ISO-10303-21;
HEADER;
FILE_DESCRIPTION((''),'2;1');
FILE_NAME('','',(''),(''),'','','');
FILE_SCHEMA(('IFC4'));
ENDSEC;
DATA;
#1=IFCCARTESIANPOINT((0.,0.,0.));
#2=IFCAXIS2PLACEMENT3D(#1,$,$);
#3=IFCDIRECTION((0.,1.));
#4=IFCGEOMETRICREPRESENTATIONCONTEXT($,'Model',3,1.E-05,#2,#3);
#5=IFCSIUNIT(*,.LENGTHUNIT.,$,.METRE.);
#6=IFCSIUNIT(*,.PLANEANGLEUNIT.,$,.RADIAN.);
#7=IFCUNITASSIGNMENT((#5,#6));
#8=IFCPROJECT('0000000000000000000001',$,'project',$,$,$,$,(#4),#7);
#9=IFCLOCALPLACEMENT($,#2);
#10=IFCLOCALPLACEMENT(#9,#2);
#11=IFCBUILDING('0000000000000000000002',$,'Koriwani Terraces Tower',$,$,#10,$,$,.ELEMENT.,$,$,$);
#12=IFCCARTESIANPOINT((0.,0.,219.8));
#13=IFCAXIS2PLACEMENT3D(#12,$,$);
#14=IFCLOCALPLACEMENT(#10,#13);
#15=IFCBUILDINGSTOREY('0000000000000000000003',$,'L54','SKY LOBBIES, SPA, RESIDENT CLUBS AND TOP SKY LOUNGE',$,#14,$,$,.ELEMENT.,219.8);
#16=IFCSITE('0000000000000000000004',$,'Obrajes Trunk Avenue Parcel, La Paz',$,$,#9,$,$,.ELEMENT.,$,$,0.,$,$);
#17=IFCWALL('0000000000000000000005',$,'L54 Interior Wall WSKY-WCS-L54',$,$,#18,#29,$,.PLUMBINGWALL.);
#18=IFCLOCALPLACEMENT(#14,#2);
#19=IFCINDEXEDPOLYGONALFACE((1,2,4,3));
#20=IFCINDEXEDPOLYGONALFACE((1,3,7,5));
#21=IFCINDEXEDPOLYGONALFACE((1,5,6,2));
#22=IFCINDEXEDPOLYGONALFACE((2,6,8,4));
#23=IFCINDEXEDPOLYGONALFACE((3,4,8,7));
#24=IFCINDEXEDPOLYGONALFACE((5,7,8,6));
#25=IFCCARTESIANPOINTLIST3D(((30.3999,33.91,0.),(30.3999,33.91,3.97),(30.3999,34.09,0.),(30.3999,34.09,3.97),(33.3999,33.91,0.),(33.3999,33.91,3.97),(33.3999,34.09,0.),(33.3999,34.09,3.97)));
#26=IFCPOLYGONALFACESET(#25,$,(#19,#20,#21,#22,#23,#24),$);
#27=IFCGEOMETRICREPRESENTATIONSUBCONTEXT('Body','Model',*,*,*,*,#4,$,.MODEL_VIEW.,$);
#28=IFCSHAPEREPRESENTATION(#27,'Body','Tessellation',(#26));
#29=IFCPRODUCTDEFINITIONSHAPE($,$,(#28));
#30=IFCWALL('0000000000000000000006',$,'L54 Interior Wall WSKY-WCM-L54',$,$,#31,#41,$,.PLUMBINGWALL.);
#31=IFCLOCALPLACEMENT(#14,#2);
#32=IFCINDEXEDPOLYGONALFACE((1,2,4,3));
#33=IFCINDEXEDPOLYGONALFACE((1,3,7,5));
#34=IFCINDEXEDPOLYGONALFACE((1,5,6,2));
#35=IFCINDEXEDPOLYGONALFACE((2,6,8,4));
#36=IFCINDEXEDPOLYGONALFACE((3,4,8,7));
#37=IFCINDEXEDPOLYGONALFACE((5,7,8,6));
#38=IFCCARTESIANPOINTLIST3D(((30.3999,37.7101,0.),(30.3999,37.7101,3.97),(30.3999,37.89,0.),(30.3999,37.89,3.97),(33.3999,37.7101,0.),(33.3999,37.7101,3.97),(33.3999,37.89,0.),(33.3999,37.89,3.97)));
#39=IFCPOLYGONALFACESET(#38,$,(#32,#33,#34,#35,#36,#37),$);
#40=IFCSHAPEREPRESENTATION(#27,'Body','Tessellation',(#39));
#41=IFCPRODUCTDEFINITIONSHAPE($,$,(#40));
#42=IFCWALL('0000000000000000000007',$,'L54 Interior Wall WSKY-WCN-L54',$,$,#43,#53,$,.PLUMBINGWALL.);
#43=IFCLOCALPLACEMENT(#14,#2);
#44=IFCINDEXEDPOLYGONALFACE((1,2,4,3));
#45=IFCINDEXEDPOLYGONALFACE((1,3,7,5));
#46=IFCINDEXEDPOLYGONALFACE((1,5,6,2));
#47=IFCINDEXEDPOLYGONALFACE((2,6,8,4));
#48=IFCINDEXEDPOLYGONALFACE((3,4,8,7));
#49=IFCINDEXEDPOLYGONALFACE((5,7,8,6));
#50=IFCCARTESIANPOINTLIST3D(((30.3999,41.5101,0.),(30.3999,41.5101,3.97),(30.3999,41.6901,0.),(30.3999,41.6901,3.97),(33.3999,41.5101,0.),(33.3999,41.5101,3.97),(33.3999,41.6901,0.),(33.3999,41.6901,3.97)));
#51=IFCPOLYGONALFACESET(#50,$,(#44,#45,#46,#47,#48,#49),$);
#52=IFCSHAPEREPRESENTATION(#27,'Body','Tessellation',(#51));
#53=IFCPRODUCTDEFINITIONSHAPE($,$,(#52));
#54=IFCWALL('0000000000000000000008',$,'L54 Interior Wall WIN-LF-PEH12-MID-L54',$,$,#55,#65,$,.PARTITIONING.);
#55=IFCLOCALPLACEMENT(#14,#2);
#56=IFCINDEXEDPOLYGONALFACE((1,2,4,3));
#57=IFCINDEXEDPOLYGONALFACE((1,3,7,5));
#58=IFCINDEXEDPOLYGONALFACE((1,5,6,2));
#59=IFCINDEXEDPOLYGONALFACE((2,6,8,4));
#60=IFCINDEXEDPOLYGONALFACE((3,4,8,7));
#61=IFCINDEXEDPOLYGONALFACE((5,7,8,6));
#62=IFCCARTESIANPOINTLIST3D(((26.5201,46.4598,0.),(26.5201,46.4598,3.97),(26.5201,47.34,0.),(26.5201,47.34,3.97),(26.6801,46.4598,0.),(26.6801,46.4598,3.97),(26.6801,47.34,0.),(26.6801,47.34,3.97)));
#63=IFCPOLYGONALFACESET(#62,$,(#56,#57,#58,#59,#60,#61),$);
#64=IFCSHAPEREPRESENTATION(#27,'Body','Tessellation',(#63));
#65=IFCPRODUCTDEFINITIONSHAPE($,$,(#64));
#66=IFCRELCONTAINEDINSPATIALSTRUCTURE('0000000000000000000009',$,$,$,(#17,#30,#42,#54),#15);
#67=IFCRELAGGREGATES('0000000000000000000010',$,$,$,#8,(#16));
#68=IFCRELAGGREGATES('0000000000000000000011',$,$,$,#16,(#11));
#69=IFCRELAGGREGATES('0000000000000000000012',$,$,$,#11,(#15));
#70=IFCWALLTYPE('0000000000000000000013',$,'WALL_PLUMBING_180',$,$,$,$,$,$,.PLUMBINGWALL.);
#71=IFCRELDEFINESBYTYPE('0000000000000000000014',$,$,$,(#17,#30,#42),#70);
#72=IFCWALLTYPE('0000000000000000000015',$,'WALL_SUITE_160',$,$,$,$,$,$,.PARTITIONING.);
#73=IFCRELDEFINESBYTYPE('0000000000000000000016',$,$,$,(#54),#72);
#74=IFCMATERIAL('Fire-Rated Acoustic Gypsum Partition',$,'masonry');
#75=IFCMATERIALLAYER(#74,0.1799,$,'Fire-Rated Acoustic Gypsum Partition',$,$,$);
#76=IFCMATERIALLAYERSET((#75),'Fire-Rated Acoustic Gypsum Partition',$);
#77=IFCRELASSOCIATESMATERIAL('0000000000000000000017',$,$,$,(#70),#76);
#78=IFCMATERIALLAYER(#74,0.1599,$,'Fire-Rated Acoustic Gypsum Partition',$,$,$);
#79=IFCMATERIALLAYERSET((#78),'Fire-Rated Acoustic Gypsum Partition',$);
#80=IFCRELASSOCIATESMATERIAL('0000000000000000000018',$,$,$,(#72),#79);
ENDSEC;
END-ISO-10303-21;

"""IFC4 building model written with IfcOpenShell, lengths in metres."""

from ifc_helpers import new_model, si_unit, direction, frame, frame_2d, origin, place, context, subcontext, project, spatial, rectangle, extrude, material, layer, layer_set, type_object, element, save


model = new_model("IFC4")

# Units and contexts
model_context = context("Model", 3, precision=1e-05, world=origin(), true_north=direction((0.0, 1.0)))
body_context = subcontext(model_context, "Body", "Model", "MODEL_VIEW")
ifc_project = project(units=[si_unit("LENGTHUNIT", "METRE"), si_unit("PLANEANGLEUNIT", "RADIAN")], contexts=[model_context])

# Site, building, storey
site_placement = place(None, origin())
site = spatial("IfcSite", under=ifc_project, at=site_placement, Name="Obrajes Trunk Avenue Parcel, La Paz", CompositionType="ELEMENT", RefElevation=0.0)
building_placement = place(site_placement, origin())
building = spatial("IfcBuilding", under=site, at=building_placement, Name="Koriwani Terraces Tower", CompositionType="ELEMENT")
storey_placement = place(building_placement, frame((0.0, 0.0, 219.8)))
storey = spatial("IfcBuildingStorey", under=building, at=storey_placement, Name="L54", Description="SKY LOBBIES, SPA, RESIDENT CLUBS AND TOP SKY LOUNGE", CompositionType="ELEMENT", Elevation=219.8)

# Shared definitions
ifc_material_1 = material(Name="Fire-Rated Acoustic Gypsum Partition", Category="masonry")
ifc_layer_1 = layer(ifc_material_1, 0.1799, Name="Fire-Rated Acoustic Gypsum Partition")
ifc_layer_set_1 = layer_set([ifc_layer_1], Name="Fire-Rated Acoustic Gypsum Partition")
wall_type_1 = type_object("IfcWallType", Name="WALL_PLUMBING_180", PredefinedType="PLUMBINGWALL", material=ifc_layer_set_1)

# Walls
for number, where, z_axis, x_axis, name in (
    (1, (30.3999, 34.0, 0.0), (0.0, 0.0, 1.0), (1.0, 0.0, 0.0), "L54 Interior Wall WSKY-WCS-L54"),
    (2, (30.3999, 37.8, 0.0), (0.0, 0.0, 1.0), (1.0, 0.0, 0.0), "L54 Interior Wall WSKY-WCM-L54"),
    (3, (30.3999, 41.6001, 0.0), (0.0, 0.0, 1.0), (1.0, 0.0, 0.0), "L54 Interior Wall WSKY-WCN-L54"),
):
    element("IfcWall", number, at=place(storey_placement, frame(where, z_axis=z_axis, x_axis=x_axis)), inside=storey, type_object=wall_type_1, Name=name, PredefinedType="PLUMBINGWALL", context=body_context, shape_type="SweptSolid", body=[
        extrude(rectangle(XDim=3.0, YDim=0.1799, at=frame_2d((1.5, 0.0))), origin(), (0.0, 0.0, 1.0), 3.97),
    ])

# Wall
ifc_layer_2 = layer(ifc_material_1, 0.1599, Name="Fire-Rated Acoustic Gypsum Partition")
ifc_layer_set_2 = layer_set([ifc_layer_2], Name="Fire-Rated Acoustic Gypsum Partition")
wall_type_2 = type_object("IfcWallType", Name="WALL_SUITE_160", PredefinedType="PARTITIONING", material=ifc_layer_set_2)
wall_1_placement = place(storey_placement, frame((26.6001, 46.46, 0.0), z_axis=(0.0, 0.0, 1.0), x_axis=(0.0, 1.0, 0.0)))
element("IfcWall", 4, at=wall_1_placement, inside=storey, type_object=wall_type_2, Name="L54 Interior Wall WIN-LF-PEH12-MID-L54", PredefinedType="PARTITIONING", context=body_context, shape_type="SweptSolid", body=[
    extrude(rectangle(XDim=0.8801, YDim=0.1599, at=frame_2d((0.4399, 0.0))), origin(), (0.0, 0.0, 1.0), 3.97),
])

save(model, "model.ifc")
